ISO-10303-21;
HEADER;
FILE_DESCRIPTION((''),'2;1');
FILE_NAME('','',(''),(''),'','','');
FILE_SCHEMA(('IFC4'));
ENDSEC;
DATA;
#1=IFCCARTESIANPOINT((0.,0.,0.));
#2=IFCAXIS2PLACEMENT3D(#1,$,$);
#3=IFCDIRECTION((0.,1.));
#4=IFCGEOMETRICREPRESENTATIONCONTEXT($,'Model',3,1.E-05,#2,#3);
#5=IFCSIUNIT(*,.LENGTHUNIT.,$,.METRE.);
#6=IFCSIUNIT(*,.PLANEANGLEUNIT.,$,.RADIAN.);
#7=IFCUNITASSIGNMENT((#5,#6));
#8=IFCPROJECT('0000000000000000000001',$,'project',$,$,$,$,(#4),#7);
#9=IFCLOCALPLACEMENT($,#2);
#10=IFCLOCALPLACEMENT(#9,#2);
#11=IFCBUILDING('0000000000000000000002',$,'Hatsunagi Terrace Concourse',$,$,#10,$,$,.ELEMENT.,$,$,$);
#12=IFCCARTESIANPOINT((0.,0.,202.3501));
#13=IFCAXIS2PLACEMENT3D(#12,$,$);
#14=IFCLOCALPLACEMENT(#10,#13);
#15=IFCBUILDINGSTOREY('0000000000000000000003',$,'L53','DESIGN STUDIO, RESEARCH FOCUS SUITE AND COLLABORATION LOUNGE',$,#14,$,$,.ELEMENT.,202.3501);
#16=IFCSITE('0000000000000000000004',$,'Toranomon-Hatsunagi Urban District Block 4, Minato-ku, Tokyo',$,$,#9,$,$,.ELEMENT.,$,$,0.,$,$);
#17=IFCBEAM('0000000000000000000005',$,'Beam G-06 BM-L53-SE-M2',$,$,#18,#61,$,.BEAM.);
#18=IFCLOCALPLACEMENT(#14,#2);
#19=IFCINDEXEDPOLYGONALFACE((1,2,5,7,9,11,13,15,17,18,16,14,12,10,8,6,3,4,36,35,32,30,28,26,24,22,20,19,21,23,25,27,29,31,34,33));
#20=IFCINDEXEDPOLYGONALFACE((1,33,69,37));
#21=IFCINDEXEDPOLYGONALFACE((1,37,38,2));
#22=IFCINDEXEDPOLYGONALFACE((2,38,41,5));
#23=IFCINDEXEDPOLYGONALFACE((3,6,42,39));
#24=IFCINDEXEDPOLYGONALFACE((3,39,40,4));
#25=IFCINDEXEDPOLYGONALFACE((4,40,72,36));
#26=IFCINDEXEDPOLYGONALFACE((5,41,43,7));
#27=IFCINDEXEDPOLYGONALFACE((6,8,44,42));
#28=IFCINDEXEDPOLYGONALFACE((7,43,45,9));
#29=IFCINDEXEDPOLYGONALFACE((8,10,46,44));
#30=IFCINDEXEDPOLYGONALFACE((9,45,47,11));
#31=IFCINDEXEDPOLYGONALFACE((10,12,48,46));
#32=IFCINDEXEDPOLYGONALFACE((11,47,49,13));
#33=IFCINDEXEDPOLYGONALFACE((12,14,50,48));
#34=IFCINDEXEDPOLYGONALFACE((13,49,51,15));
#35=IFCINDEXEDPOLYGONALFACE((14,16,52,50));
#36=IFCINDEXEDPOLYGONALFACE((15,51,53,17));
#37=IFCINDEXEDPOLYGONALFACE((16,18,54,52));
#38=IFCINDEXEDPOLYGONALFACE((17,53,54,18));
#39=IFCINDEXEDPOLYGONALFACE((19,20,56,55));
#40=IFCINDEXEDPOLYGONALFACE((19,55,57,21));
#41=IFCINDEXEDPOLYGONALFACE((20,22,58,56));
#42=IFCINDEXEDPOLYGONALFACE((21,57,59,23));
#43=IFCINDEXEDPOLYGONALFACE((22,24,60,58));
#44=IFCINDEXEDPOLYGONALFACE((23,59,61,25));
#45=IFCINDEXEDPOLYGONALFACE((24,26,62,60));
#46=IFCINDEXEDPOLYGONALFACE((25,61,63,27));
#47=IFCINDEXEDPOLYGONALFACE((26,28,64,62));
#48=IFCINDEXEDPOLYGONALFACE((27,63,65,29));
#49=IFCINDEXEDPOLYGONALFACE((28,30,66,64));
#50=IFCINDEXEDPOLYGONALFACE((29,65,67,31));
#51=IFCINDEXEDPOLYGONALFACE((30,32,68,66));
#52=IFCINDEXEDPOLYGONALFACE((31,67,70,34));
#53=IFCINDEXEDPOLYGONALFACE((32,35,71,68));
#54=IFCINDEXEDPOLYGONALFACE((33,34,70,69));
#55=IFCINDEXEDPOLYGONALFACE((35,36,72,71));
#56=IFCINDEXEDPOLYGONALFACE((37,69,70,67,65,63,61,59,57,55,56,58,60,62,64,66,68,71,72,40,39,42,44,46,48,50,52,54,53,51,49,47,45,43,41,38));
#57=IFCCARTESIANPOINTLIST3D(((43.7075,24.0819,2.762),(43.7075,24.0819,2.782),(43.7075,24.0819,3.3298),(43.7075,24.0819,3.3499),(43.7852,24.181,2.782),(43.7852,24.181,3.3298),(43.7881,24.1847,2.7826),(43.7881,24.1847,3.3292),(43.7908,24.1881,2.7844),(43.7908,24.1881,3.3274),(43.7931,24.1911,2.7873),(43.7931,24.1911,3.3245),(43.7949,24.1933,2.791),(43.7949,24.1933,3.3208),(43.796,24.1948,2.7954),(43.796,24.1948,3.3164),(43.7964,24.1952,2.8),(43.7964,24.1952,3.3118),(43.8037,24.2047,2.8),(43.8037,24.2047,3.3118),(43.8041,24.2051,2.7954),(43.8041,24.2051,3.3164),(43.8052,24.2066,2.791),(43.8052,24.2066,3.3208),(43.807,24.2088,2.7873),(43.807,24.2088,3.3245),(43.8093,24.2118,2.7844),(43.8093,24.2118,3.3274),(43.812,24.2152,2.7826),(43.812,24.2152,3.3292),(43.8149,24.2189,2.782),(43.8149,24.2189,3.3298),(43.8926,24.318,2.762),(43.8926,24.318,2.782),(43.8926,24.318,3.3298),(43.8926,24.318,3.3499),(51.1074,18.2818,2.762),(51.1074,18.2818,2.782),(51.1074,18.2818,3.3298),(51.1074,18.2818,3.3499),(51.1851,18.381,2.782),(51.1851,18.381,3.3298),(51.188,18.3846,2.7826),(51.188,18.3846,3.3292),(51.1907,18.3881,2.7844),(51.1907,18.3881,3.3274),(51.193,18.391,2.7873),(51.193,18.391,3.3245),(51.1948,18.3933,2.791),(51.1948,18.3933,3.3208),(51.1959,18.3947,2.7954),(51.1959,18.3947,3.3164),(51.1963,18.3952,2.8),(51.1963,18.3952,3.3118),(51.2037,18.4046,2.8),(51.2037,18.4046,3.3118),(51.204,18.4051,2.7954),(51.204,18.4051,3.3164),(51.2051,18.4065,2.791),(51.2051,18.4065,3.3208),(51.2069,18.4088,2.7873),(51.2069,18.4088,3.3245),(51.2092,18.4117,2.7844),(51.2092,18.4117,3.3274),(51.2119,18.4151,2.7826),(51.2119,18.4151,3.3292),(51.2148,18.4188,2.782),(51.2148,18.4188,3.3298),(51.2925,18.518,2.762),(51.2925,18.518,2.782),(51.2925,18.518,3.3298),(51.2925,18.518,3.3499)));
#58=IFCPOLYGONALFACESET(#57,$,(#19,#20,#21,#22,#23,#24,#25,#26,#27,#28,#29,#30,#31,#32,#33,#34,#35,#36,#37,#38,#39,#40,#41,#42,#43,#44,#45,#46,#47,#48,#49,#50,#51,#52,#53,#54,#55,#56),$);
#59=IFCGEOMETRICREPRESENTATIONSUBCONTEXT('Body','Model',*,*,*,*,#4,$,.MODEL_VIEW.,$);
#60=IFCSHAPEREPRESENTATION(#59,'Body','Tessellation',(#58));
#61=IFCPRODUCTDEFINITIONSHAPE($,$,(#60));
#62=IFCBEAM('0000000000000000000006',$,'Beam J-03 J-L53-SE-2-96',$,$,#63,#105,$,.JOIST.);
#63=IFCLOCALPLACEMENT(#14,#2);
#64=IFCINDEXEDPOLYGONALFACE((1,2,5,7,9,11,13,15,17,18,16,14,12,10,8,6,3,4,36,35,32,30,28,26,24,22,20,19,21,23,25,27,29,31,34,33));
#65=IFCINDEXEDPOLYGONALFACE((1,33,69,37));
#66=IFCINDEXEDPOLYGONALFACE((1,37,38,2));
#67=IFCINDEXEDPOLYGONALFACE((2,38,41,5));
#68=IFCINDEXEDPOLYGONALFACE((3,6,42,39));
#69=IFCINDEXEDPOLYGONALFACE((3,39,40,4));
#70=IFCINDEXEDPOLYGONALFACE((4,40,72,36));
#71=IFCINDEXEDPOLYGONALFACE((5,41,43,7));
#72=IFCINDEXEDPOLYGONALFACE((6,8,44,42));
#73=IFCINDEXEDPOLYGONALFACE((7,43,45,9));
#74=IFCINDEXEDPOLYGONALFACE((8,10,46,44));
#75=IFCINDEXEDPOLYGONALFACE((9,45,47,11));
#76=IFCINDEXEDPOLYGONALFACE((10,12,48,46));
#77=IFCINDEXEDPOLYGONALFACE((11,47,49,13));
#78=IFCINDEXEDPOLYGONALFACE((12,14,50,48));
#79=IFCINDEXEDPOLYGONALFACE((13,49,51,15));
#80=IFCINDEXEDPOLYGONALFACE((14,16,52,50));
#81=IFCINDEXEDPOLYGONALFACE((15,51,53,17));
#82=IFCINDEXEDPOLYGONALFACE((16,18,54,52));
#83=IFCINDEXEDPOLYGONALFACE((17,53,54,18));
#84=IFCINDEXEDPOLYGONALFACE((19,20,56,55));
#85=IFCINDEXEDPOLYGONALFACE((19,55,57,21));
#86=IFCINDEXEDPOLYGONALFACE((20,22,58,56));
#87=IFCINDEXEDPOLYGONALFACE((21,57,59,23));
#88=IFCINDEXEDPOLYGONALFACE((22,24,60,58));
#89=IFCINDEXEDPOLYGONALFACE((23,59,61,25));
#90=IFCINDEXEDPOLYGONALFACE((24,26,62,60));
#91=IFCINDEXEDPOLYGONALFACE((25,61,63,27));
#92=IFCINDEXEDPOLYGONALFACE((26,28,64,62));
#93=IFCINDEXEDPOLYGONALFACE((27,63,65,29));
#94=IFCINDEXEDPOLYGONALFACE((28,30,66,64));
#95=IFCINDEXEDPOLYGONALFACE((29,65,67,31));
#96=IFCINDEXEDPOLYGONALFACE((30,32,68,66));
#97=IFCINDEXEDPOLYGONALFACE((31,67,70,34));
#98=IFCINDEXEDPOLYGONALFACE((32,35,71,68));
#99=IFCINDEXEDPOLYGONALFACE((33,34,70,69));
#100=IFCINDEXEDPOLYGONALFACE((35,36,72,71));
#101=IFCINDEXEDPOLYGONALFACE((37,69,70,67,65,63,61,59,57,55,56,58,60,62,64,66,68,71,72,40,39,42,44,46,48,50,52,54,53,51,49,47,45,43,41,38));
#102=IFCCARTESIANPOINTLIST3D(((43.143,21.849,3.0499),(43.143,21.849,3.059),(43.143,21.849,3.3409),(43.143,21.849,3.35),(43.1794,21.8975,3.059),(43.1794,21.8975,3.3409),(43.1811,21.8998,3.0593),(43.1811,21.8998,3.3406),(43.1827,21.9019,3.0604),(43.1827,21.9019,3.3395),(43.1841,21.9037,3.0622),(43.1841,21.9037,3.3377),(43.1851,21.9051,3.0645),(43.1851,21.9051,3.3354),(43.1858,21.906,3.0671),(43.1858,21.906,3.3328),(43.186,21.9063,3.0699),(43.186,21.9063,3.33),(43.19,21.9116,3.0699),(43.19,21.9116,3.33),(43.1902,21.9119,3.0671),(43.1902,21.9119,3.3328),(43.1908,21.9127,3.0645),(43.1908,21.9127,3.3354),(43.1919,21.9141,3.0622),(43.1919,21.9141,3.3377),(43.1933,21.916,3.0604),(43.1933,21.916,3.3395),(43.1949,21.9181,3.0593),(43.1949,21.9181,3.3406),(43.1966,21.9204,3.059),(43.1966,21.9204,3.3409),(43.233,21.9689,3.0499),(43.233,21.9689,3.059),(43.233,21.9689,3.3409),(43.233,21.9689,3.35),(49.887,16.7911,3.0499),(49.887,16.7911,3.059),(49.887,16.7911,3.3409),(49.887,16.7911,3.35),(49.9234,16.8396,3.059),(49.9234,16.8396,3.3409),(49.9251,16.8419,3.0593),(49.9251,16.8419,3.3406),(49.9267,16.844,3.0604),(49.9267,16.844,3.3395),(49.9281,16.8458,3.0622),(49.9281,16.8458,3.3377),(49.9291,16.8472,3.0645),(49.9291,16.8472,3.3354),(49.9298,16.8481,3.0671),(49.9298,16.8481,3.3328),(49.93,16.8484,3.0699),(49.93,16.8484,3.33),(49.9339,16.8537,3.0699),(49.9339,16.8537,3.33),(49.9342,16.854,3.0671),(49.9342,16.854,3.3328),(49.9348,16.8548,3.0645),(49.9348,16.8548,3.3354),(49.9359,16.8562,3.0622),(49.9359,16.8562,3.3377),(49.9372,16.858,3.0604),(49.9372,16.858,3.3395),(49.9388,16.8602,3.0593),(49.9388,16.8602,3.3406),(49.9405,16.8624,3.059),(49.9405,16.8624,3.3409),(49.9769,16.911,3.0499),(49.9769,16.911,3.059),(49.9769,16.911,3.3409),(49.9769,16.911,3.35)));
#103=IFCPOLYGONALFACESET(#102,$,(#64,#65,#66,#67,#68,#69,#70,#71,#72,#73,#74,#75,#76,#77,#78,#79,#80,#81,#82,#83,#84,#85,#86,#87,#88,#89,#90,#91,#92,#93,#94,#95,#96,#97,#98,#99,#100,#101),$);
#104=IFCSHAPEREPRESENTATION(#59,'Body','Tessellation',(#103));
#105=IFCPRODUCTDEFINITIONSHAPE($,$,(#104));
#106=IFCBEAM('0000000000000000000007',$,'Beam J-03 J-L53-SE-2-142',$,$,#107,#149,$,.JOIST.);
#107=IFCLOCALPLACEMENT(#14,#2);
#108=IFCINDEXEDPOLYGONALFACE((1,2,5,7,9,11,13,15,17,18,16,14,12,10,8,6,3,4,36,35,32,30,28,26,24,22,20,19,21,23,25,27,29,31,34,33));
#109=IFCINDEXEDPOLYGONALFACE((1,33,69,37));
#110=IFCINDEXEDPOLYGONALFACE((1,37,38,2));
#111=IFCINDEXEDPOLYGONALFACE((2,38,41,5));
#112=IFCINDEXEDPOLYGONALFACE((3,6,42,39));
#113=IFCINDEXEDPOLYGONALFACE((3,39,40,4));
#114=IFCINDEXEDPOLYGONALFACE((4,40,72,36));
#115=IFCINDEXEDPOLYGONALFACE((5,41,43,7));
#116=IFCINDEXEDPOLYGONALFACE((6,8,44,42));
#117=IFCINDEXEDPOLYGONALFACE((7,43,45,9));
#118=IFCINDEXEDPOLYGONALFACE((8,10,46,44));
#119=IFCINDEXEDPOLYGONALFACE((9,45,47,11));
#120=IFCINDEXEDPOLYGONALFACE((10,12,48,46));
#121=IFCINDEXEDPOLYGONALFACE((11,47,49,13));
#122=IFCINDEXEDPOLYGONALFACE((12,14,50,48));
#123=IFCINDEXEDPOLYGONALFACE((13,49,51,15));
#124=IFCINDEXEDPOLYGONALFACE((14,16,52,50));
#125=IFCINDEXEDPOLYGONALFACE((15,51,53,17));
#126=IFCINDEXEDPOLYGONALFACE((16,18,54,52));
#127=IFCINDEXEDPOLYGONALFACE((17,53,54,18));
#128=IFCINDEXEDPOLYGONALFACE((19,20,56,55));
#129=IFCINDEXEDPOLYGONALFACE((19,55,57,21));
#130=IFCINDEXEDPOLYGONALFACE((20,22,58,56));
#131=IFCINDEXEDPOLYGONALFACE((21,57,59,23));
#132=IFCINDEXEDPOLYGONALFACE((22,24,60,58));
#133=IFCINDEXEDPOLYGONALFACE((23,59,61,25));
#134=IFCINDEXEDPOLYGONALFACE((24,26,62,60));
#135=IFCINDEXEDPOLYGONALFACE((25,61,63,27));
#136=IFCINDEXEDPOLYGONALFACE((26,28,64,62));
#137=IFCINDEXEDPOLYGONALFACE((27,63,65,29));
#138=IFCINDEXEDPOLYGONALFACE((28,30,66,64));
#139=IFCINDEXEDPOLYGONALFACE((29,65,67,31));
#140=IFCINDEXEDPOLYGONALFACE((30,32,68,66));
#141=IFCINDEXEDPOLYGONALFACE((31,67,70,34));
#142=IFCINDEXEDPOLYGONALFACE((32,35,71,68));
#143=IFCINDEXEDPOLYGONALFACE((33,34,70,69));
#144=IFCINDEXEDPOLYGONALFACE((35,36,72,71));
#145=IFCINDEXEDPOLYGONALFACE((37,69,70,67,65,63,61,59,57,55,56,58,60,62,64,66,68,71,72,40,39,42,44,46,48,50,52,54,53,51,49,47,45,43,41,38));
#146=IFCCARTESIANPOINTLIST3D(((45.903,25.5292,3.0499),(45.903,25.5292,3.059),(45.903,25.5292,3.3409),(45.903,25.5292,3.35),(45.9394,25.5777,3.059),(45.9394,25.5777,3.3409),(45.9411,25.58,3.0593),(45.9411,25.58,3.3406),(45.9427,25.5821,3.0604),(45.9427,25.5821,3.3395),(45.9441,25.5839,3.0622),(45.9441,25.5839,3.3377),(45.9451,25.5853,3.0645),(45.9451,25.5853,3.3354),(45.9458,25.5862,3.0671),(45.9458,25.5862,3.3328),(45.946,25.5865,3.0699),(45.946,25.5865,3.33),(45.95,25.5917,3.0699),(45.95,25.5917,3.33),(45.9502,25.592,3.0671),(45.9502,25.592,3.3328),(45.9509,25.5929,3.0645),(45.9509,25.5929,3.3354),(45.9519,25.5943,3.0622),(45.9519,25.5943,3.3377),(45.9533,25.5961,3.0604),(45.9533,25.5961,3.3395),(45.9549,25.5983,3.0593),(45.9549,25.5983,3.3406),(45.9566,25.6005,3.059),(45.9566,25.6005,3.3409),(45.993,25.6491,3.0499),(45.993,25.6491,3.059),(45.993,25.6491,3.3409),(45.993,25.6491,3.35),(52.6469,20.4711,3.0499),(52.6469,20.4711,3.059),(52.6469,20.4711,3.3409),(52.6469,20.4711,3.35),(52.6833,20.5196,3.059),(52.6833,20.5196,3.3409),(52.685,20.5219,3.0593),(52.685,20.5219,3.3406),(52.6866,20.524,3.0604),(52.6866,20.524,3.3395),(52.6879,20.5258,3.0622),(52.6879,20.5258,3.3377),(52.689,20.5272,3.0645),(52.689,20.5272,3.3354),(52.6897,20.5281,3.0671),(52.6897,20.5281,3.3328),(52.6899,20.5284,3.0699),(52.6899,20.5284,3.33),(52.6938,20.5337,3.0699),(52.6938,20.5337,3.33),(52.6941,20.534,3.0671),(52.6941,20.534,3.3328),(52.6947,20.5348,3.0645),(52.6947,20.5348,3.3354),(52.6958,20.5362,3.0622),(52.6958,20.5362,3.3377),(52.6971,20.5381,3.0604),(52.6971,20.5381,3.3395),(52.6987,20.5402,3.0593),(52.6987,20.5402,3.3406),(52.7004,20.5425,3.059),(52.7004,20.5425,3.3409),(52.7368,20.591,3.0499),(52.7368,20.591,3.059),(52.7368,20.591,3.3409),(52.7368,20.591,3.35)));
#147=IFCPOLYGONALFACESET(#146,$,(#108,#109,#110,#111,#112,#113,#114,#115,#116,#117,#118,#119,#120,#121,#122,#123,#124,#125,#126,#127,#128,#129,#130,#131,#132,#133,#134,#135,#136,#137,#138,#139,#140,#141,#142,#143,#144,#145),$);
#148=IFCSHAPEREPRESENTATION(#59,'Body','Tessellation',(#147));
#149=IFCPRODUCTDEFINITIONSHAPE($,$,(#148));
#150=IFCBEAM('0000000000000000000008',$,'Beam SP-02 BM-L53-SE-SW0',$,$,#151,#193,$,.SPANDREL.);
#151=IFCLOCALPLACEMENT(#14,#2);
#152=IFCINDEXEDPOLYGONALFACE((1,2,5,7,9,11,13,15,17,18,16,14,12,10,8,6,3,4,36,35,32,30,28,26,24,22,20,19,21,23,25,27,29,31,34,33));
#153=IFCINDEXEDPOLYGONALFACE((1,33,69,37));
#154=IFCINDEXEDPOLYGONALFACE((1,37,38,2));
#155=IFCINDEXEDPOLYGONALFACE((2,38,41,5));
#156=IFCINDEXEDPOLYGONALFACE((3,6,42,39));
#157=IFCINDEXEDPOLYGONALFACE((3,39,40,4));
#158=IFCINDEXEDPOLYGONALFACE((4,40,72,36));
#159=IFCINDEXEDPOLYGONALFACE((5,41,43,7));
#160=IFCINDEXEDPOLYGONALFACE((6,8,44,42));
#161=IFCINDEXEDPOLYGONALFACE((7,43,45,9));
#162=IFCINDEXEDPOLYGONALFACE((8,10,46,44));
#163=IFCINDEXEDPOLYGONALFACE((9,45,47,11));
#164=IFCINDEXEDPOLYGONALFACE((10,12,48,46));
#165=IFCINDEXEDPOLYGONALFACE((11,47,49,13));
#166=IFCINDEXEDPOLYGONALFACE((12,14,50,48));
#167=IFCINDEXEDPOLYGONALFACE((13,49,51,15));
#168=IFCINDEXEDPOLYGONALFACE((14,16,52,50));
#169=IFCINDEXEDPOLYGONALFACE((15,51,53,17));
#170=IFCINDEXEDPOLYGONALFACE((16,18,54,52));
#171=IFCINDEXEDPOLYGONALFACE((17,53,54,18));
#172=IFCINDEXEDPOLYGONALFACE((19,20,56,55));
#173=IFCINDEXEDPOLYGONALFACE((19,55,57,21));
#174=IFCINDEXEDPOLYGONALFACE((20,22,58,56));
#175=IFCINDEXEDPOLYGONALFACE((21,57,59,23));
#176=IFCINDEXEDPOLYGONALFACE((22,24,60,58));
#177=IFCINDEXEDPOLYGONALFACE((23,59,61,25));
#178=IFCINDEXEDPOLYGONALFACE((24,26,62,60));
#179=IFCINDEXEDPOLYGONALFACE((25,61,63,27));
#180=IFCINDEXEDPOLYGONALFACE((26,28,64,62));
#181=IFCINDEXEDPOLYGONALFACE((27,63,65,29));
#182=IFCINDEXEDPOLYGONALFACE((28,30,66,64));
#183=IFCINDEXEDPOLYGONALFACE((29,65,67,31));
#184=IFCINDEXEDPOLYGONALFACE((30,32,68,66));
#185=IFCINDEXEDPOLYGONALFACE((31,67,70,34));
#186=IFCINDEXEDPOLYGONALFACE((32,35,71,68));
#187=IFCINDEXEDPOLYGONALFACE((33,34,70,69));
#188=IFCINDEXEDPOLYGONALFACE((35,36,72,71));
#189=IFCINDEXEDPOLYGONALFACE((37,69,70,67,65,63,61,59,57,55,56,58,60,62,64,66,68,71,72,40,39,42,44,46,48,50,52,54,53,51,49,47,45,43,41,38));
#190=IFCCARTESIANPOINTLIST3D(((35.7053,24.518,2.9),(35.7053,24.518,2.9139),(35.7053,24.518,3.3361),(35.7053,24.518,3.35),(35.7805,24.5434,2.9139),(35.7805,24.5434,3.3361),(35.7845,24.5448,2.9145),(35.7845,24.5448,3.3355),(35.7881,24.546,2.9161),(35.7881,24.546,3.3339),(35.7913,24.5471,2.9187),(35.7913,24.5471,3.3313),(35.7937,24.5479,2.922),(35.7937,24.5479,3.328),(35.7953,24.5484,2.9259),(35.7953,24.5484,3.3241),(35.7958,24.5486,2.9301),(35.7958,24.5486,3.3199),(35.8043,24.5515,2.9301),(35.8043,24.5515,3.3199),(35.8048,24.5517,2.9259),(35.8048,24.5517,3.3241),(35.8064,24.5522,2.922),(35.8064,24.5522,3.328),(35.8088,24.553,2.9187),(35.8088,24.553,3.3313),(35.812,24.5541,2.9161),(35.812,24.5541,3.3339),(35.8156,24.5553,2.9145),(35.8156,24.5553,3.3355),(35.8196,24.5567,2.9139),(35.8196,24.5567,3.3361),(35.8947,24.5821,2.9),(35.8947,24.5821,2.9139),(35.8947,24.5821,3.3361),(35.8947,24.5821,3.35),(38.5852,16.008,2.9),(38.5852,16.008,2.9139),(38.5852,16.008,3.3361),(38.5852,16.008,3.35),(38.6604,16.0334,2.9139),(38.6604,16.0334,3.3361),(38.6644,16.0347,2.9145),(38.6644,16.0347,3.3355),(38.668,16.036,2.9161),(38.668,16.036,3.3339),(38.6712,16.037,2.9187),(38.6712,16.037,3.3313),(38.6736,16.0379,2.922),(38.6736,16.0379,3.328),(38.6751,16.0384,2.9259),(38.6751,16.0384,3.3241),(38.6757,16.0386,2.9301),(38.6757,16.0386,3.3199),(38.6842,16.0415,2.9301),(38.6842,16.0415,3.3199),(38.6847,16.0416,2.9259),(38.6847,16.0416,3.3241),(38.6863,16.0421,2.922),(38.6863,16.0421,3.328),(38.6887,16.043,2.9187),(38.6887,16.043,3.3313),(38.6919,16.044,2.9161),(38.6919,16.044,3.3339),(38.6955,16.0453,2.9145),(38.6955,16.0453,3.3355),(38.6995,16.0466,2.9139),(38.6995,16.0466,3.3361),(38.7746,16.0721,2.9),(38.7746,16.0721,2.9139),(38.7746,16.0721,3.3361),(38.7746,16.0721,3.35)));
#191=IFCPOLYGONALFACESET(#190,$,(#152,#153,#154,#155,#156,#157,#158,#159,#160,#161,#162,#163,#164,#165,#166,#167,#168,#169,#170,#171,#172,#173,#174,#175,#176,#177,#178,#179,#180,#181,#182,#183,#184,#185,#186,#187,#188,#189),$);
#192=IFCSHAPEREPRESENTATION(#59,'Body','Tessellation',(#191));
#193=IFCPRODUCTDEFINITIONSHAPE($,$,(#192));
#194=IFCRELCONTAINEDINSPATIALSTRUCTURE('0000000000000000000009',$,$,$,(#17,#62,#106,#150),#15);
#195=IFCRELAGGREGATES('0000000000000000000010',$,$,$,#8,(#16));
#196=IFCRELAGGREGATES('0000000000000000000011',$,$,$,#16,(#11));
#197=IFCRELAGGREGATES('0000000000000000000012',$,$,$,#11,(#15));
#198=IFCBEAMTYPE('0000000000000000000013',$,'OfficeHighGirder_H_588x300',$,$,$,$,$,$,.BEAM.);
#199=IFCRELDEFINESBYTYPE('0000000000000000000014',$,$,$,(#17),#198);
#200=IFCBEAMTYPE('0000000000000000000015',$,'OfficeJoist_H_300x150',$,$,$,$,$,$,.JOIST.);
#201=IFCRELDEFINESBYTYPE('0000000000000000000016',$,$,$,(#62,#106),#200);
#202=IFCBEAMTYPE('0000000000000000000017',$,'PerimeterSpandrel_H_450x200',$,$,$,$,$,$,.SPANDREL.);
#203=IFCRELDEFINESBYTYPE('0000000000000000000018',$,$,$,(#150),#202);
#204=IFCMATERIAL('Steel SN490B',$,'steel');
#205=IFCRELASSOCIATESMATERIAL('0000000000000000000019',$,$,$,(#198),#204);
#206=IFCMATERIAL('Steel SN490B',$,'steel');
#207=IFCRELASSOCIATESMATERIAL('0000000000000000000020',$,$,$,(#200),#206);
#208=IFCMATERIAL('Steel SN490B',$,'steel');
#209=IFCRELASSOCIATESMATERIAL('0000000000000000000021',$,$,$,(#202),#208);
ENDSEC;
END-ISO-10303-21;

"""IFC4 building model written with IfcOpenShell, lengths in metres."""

from ifc_helpers import new_model, si_unit, direction, frame, origin, origin_2d, place, context, subcontext, project, spatial, i_section, extrude, material, material_profile, profile_set, type_object, element, save


model = new_model("IFC4")

# Units and contexts
model_context = context("Model", 3, precision=1e-05, world=origin(), true_north=direction((0.0, 1.0)))
body_context = subcontext(model_context, "Body", "Model", "MODEL_VIEW")
ifc_project = project(units=[si_unit("LENGTHUNIT", "METRE"), si_unit("PLANEANGLEUNIT", "RADIAN")], contexts=[model_context])

# Site, building, storey
site_placement = place(None, origin())
site = spatial("IfcSite", under=ifc_project, at=site_placement, Name="Toranomon-Hatsunagi Urban District Block 4, Minato-ku, Tokyo", CompositionType="ELEMENT", RefElevation=0.0)
building_placement = place(site_placement, origin())
building = spatial("IfcBuilding", under=site, at=building_placement, Name="Hatsunagi Terrace Concourse", CompositionType="ELEMENT")
storey_placement = place(building_placement, frame((0.0, 0.0, 202.3501)))
storey = spatial("IfcBuildingStorey", under=building, at=storey_placement, Name="L53", Description="DESIGN STUDIO, RESEARCH FOCUS SUITE AND COLLABORATION LOUNGE", CompositionType="ELEMENT", Elevation=202.3501)

# Beams
ifc_material_1 = material(Name="Steel SN490B", Category="steel")
ifc_material_profile_1 = material_profile(ifc_material_1, i_section(OverallWidth=0.3, OverallDepth=0.5879, WebThickness=0.012, FlangeThickness=0.02, FilletRadius=0.0181, at=origin_2d()), Name="H-588x300x12x20")
ifc_profile_set_1 = profile_set([ifc_material_profile_1], Name="Steel SN490B")
beam_type_1 = type_object("IfcBeamType", Name="OfficeHighGirder_H_588x300", PredefinedType="BEAM", material=ifc_profile_set_1)
beam_1_placement = place(storey_placement, frame((43.8, 24.2, 3.0559), z_axis=(0.787049, -0.61689, 0.0), x_axis=(0.61689, 0.787049, 0.0)))
element("IfcBeam", 1, at=beam_1_placement, inside=storey, type_object=beam_type_1, Name="Beam G-06 BM-L53-SE-M2", PredefinedType="BEAM", context=body_context, shape_type="SweptSolid", body=[
    extrude(i_section(OverallWidth=0.3, OverallDepth=0.5879, WebThickness=0.012, FlangeThickness=0.02, FilletRadius=0.0181, at=origin_2d()), origin(), (0.0, 0.0, 1.0), 9.4021),
])
ifc_material_2 = material(Name="Steel SN490B", Category="steel")
ifc_material_profile_2 = material_profile(ifc_material_2, i_section(OverallWidth=0.1499, OverallDepth=0.3, WebThickness=0.0066, FlangeThickness=0.009, FilletRadius=0.011, at=origin_2d()), Name="H-300x150x6.5x9")
ifc_profile_set_2 = profile_set([ifc_material_profile_2], Name="Steel SN490B")
beam_type_2 = type_object("IfcBeamType", Name="OfficeJoist_H_300x150", PredefinedType="JOIST", material=ifc_profile_set_2)
for number, where, z_axis, x_axis, name in (
    (2, (43.188, 21.9089, 3.2), (0.800003, -0.599995, 0.0), (0.599995, 0.800003, 0.0), "Beam J-03 J-L53-SE-2-96"),
    (3, (45.948, 25.5891, 3.2), (0.79999, -0.600014, 0.0), (0.600014, 0.79999, 0.0), "Beam J-03 J-L53-SE-2-142"),
):
    element("IfcBeam", number, at=place(storey_placement, frame(where, z_axis=z_axis, x_axis=x_axis)), inside=storey, type_object=beam_type_2, Name=name, PredefinedType="JOIST", context=body_context, shape_type="SweptSolid", body=[
        extrude(i_section(OverallWidth=0.1499, OverallDepth=0.3, WebThickness=0.0066, FlangeThickness=0.009, FilletRadius=0.011, at=origin_2d()), origin(), (0.0, 0.0, 1.0), 8.4299),
    ])
ifc_material_3 = material(Name="Steel SN490B", Category="steel")
ifc_material_profile_3 = material_profile(ifc_material_3, i_section(OverallWidth=0.2, OverallDepth=0.45, WebThickness=0.009, FlangeThickness=0.0139, FilletRadius=0.0161, at=origin_2d()), Name="H-450x200x9x14")
ifc_profile_set_3 = profile_set([ifc_material_profile_3], Name="Steel SN490B")
beam_type_3 = type_object("IfcBeamType", Name="PerimeterSpandrel_H_450x200", PredefinedType="SPANDREL", material=ifc_profile_set_3)
beam_2_placement = place(storey_placement, frame((35.8, 24.55, 3.125), z_axis=(0.320553, -0.94723, 0.0), x_axis=(0.94723, 0.320553, 0.0)))
element("IfcBeam", 4, at=beam_2_placement, inside=storey, type_object=beam_type_3, Name="Beam SP-02 BM-L53-SE-SW0", PredefinedType="SPANDREL", context=body_context, shape_type="SweptSolid", body=[
    extrude(i_section(OverallWidth=0.2, OverallDepth=0.45, WebThickness=0.009, FlangeThickness=0.0139, FilletRadius=0.0161, at=origin_2d()), origin(), (0.0, 0.0, 1.0), 8.9841),
])

save(model, "model.ifc")
